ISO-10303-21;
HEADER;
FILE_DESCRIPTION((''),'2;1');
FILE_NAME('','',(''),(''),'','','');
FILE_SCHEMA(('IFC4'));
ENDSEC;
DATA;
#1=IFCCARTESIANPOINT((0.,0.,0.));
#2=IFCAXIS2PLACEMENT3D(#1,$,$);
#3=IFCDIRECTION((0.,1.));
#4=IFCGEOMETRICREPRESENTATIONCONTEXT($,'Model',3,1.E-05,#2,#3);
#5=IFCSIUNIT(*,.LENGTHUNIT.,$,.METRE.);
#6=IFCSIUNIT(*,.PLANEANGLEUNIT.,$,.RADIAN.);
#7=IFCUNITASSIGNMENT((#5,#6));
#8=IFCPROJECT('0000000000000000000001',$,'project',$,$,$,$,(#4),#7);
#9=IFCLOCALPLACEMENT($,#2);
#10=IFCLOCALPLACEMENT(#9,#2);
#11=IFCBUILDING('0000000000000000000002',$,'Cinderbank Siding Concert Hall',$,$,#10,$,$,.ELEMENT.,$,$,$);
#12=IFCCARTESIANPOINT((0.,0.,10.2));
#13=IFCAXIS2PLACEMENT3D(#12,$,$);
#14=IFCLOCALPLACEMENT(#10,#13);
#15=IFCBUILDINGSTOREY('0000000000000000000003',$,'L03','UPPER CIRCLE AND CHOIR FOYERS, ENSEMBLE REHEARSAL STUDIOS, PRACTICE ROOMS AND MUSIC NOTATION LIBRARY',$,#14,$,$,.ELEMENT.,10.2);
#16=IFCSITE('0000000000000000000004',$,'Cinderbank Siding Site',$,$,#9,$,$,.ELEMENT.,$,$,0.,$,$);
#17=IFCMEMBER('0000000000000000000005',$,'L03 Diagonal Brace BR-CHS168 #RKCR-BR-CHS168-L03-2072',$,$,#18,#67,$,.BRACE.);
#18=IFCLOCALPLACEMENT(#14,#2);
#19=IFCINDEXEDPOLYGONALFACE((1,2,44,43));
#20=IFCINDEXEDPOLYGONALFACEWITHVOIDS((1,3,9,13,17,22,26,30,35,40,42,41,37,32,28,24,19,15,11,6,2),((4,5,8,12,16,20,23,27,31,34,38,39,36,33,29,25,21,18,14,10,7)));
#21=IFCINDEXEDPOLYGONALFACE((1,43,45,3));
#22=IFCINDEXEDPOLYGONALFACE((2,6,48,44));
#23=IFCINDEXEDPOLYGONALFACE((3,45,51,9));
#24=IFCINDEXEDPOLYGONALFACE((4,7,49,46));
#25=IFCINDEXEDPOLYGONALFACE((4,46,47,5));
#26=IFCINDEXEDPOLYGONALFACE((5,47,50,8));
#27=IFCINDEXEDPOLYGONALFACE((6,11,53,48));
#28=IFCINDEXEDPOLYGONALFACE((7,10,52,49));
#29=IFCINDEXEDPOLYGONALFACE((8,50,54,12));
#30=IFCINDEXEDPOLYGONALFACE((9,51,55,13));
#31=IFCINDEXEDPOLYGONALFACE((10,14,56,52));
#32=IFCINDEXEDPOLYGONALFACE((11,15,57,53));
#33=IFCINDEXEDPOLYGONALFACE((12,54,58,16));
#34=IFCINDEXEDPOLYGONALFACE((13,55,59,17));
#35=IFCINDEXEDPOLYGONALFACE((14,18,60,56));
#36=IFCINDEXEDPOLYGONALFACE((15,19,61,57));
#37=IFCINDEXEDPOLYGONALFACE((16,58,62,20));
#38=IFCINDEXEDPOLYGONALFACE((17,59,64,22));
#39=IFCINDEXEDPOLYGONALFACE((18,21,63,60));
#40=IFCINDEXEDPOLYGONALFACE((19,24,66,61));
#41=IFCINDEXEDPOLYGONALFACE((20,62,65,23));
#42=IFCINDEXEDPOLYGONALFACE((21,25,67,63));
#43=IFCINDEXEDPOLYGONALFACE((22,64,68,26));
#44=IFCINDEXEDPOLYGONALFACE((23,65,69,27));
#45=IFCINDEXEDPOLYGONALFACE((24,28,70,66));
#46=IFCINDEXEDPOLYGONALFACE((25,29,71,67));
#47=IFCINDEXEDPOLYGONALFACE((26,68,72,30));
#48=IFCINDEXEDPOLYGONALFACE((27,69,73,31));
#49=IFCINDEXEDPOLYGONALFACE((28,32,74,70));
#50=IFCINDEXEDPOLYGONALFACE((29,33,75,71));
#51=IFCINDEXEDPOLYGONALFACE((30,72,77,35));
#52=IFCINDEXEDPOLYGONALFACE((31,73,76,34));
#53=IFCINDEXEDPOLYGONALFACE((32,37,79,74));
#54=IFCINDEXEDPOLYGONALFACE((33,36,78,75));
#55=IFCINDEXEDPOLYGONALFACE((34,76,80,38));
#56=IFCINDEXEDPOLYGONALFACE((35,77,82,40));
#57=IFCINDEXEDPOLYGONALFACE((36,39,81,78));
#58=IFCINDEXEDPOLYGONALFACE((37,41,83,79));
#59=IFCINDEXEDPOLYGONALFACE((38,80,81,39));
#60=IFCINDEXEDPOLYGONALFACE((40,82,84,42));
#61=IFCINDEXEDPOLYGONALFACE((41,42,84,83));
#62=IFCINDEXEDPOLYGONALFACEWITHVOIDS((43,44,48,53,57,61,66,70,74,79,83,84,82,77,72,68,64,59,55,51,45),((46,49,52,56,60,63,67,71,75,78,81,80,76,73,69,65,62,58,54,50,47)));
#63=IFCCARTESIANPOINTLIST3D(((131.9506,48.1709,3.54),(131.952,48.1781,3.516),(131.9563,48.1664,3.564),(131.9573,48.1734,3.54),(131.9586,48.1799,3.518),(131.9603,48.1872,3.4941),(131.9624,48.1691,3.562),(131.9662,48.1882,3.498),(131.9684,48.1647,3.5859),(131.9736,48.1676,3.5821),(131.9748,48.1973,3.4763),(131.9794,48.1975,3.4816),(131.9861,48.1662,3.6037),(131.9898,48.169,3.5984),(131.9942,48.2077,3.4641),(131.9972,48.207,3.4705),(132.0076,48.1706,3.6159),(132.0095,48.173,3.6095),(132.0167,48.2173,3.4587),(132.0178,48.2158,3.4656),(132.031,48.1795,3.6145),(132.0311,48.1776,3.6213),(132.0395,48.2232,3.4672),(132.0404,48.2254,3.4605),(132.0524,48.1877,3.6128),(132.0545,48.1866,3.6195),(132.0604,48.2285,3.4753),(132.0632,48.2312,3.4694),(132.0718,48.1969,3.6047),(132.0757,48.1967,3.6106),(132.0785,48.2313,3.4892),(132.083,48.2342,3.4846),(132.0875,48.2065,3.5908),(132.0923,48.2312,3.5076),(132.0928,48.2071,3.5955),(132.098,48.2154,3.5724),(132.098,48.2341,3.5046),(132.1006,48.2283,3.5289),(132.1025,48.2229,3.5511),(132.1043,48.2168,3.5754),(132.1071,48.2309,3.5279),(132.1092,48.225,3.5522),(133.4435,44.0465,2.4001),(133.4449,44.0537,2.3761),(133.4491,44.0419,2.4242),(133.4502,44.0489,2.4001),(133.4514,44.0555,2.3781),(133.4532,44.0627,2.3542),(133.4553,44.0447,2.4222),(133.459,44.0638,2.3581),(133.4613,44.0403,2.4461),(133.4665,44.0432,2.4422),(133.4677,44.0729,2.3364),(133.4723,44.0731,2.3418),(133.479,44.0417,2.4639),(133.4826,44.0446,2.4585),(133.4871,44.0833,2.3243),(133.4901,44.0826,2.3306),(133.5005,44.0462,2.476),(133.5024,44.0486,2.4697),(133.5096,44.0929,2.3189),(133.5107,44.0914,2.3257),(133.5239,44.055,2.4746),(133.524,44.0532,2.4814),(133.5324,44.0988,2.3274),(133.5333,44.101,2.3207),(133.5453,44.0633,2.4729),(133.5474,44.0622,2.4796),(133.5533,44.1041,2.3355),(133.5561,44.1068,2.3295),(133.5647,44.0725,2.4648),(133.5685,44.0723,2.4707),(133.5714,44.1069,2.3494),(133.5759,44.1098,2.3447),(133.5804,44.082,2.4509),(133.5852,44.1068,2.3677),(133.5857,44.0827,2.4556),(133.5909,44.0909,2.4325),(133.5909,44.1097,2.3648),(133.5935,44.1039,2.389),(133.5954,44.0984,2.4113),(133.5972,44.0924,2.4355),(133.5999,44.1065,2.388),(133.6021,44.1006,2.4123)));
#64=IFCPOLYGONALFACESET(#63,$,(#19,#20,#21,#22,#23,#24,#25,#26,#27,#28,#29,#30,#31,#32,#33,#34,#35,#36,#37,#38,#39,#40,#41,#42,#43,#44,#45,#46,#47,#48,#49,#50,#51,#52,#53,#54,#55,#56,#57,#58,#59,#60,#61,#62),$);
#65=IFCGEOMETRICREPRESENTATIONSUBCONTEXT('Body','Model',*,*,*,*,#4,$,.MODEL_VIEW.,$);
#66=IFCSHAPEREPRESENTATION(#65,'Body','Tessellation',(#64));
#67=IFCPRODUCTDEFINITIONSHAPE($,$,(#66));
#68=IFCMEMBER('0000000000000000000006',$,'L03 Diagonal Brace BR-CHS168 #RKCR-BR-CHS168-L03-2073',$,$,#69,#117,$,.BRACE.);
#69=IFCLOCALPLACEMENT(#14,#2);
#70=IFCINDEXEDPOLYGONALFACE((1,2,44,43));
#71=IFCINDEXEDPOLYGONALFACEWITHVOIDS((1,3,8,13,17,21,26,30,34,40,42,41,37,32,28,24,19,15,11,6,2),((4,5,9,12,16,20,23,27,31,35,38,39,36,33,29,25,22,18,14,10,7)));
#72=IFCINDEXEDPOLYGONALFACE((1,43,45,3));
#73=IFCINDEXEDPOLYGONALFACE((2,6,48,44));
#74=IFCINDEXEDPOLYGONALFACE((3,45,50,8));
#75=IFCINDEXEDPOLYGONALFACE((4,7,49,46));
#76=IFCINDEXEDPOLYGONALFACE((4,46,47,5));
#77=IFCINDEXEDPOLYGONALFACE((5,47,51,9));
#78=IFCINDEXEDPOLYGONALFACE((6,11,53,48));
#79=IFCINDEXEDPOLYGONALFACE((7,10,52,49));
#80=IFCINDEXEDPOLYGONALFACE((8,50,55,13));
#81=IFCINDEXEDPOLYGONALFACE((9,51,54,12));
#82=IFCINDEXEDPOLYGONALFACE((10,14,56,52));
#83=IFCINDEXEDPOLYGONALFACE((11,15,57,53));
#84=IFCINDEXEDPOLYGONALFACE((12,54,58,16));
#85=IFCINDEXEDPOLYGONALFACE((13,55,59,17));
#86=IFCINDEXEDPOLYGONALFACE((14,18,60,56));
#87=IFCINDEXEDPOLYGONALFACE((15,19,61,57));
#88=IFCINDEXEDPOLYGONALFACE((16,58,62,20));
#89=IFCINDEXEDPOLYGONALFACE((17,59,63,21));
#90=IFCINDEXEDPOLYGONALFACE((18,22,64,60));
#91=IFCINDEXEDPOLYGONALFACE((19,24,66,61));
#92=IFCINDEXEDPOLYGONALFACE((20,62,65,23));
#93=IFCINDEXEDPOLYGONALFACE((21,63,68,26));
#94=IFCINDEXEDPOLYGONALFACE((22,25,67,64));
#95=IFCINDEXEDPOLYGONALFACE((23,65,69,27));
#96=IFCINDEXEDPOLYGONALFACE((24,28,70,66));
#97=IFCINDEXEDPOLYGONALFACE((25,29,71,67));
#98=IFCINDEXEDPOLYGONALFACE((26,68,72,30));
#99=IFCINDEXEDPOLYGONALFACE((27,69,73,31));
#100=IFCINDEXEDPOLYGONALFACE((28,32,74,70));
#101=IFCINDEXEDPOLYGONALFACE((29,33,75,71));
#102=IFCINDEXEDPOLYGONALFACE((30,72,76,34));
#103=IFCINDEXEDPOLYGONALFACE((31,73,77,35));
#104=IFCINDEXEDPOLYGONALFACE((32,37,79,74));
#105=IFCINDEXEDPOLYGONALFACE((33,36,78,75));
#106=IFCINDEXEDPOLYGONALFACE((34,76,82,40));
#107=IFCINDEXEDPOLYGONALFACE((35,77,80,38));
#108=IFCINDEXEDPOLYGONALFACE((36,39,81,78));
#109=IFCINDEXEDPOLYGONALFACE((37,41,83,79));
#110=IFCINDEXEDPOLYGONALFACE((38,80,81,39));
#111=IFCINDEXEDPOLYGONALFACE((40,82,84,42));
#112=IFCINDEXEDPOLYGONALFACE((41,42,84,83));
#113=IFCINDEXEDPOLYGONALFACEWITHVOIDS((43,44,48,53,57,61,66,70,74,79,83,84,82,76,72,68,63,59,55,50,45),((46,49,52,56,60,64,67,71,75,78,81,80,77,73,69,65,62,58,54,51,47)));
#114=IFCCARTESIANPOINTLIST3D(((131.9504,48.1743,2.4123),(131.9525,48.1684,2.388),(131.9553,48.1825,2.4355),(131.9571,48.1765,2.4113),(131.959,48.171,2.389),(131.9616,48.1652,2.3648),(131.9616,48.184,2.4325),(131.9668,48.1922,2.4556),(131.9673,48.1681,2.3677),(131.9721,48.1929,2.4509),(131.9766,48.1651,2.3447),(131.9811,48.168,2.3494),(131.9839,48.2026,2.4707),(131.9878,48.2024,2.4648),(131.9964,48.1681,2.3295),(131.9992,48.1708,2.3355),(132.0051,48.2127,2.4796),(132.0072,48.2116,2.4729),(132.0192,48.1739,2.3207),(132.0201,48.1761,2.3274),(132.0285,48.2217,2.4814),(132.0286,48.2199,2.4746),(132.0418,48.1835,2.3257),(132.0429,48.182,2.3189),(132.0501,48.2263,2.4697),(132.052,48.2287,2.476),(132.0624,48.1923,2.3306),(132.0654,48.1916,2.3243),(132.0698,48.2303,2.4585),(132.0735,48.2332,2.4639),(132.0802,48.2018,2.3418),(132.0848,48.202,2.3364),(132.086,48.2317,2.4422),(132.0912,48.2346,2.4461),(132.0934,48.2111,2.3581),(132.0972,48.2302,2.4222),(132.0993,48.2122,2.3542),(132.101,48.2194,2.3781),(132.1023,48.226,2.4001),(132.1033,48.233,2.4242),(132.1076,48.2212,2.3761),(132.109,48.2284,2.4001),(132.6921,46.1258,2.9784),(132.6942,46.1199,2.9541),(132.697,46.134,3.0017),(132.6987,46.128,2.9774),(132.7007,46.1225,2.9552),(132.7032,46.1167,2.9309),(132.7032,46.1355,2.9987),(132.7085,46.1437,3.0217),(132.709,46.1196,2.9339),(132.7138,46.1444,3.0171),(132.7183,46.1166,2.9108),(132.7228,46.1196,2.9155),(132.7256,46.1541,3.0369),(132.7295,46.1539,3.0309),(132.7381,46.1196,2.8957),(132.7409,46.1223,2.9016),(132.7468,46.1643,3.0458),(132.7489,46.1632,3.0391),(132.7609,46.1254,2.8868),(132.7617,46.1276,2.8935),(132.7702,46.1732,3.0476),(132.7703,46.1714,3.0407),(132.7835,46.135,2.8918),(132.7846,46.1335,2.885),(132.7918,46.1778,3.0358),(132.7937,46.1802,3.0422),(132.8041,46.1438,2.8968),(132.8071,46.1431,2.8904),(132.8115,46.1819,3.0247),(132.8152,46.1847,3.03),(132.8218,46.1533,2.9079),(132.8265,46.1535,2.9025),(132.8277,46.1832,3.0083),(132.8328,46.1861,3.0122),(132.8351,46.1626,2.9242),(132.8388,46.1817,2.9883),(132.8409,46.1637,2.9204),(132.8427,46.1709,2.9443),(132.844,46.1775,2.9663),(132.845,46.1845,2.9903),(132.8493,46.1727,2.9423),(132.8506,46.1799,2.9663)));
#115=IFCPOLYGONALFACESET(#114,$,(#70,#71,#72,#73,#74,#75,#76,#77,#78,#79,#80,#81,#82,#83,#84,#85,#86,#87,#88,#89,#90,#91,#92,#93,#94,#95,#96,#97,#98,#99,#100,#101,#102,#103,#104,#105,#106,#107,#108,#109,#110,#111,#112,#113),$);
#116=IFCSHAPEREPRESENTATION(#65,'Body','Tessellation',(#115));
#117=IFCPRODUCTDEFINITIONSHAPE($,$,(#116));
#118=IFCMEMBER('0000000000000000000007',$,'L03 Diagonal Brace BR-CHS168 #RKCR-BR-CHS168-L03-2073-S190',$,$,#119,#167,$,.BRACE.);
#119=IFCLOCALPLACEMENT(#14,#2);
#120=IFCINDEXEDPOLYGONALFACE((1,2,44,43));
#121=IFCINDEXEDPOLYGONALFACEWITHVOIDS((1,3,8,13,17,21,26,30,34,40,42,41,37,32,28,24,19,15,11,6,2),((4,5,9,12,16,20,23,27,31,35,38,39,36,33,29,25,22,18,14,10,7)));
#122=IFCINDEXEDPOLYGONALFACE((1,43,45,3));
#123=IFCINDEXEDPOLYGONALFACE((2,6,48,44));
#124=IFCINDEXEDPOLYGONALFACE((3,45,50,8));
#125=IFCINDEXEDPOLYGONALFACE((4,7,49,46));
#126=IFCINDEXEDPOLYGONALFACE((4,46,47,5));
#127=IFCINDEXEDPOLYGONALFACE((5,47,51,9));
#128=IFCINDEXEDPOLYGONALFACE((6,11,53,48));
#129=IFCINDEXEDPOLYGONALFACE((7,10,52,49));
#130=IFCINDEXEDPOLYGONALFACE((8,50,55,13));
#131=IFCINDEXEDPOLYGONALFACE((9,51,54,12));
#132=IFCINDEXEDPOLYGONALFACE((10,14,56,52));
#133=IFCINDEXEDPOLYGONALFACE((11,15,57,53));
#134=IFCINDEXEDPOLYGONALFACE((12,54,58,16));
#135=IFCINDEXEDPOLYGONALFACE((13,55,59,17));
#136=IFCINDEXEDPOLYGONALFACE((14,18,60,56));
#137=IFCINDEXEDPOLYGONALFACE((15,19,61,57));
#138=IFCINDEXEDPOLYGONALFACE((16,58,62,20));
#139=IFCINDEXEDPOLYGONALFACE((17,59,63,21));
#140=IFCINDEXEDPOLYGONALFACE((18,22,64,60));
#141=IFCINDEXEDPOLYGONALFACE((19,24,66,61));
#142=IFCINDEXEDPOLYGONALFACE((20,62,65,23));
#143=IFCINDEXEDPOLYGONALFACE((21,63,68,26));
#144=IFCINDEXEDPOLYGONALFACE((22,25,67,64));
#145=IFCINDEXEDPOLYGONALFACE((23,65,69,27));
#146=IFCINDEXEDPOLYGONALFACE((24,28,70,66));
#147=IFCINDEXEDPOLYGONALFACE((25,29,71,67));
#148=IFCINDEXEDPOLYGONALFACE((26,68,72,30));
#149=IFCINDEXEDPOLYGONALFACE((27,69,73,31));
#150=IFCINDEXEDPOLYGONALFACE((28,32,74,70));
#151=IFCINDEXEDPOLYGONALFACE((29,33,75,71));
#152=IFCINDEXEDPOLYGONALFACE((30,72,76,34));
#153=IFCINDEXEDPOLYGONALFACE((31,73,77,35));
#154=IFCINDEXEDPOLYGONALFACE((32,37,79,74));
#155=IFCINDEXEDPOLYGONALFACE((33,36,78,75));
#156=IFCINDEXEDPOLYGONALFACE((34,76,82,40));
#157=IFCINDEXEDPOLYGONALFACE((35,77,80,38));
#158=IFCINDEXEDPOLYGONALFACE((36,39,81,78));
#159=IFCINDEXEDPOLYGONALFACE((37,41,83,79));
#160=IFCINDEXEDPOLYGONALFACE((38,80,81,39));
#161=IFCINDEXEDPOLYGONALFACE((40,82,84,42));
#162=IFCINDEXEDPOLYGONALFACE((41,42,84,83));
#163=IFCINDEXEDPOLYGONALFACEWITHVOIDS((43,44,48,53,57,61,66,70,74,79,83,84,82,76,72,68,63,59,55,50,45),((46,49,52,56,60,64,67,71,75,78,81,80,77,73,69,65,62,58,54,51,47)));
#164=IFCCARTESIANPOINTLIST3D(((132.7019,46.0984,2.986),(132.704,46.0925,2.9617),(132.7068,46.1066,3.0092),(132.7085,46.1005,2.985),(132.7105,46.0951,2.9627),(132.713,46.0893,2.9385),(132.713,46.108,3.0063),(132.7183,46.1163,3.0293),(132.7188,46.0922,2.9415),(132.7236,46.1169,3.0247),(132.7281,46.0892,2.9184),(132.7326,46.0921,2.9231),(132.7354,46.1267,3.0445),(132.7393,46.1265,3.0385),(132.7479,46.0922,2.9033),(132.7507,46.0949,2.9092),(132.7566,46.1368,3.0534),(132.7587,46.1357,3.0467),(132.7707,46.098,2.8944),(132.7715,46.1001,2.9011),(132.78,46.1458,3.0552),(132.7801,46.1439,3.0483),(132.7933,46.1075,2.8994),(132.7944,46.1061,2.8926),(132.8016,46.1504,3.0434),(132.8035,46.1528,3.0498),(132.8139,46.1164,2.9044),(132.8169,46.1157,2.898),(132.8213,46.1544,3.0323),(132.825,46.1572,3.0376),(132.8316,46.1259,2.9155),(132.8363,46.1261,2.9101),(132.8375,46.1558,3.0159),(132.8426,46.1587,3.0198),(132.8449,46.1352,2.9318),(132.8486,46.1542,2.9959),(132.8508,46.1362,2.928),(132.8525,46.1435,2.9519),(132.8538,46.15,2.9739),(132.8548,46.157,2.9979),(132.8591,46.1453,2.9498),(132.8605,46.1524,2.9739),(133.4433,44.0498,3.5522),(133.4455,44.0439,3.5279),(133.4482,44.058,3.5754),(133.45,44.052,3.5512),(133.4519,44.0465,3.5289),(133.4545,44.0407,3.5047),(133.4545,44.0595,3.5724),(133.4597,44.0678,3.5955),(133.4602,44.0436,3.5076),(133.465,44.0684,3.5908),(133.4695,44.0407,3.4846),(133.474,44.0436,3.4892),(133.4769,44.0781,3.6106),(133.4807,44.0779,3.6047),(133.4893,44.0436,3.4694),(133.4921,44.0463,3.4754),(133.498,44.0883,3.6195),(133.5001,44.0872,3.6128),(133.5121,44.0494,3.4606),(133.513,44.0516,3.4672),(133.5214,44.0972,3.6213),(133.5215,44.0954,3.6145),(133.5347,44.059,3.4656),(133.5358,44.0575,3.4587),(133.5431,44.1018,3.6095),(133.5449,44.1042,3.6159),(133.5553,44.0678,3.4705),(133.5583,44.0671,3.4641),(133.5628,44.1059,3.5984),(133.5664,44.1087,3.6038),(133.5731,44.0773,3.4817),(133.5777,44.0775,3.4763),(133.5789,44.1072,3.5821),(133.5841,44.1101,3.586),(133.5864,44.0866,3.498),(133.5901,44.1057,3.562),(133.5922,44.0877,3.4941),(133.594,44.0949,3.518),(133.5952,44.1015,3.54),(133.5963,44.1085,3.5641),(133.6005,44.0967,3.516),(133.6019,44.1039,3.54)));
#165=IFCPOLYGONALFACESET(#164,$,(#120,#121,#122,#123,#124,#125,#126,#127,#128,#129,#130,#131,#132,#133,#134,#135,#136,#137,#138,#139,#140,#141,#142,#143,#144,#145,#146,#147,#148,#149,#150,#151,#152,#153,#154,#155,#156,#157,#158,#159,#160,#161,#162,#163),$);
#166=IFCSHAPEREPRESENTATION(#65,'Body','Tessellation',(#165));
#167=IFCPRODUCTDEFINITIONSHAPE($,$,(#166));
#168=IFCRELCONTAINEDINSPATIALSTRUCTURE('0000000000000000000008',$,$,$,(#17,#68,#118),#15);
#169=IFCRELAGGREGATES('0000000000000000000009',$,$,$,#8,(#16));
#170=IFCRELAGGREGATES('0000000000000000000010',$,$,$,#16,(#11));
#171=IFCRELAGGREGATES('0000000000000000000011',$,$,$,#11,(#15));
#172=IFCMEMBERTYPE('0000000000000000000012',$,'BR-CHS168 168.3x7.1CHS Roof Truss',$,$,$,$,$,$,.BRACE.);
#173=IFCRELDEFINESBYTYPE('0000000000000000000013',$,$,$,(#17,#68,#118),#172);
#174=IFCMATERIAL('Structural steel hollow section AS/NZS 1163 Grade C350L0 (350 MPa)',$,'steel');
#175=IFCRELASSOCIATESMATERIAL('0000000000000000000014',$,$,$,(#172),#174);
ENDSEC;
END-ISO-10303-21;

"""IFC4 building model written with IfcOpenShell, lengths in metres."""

from ifc_helpers import new_model, si_unit, direction, frame, origin, origin_2d, place, context, subcontext, project, spatial, hollow_circle, extrude, material, material_profile, profile_set, type_object, element, save


model = new_model("IFC4")

# Units and contexts
model_context = context("Model", 3, precision=1e-05, world=origin(), true_north=direction((0.0, 1.0)))
body_context = subcontext(model_context, "Body", "Model", "MODEL_VIEW")
ifc_project = project(units=[si_unit("LENGTHUNIT", "METRE"), si_unit("PLANEANGLEUNIT", "RADIAN")], contexts=[model_context])

# Site, building, storey
site_placement = place(None, origin())
site = spatial("IfcSite", under=ifc_project, at=site_placement, Name="Cinderbank Siding Site", CompositionType="ELEMENT", RefElevation=0.0)
building_placement = place(site_placement, origin())
building = spatial("IfcBuilding", under=site, at=building_placement, Name="Cinderbank Siding Concert Hall", CompositionType="ELEMENT")
storey_placement = place(building_placement, frame((0.0, 0.0, 10.2)))
storey = spatial("IfcBuildingStorey", under=building, at=storey_placement, Name="L03", Description="UPPER CIRCLE AND CHOIR FOYERS, ENSEMBLE REHEARSAL STUDIOS, PRACTICE ROOMS AND MUSIC NOTATION LIBRARY", CompositionType="ELEMENT", Elevation=10.2)

# Shared definitions
ifc_material_1 = material(Name="Structural steel hollow section AS/NZS 1163 Grade C350L0 (350 MPa)", Category="steel")

# Members
ifc_material_profile_1 = material_profile(ifc_material_1, hollow_circle(Radius=0.0842, WallThickness=0.0071, at=origin_2d()), Name="168.3x7.1CHS", Category="LoadBearing")
ifc_profile_set_1 = profile_set([ifc_material_profile_1], Name="Structural steel hollow section AS/NZS 1163 Grade C350L0 (350 MPa)")
member_type = type_object("IfcMemberType", Name="BR-CHS168 168.3x7.1CHS Roof Truss", PredefinedType="BRACE", material=ifc_profile_set_1)
member_1_placement = place(storey_placement, frame((133.5227, 44.0752, 2.4001), z_axis=(-0.329412, 0.91007, 0.251516), x_axis=(-0.940298, -0.340353, 0.0)))
element("IfcMember", 1, at=member_1_placement, inside=storey, type_object=member_type, Name="L03 Diagonal Brace BR-CHS168 #RKCR-BR-CHS168-L03-2072", PredefinedType="BRACE", context=body_context, shape_type="SweptSolid", body=[
    extrude(hollow_circle(Radius=0.0842, WallThickness=0.0071, at=origin_2d()), origin(), (0.0, 0.0, 1.0), 4.532),
])
for number, where, z_axis, x_axis, name in (
    (2, (132.0298, 48.1997, 2.4001), (0.329486, -0.910046, 0.251507), (0.94027, 0.340429, 0.0), "L03 Diagonal Brace BR-CHS168 #RKCR-BR-CHS168-L03-2073"),
    (3, (132.7812, 46.1238, 2.9739), (0.32939, -0.910078, 0.251516), (0.940306, 0.34033, 0.0), "L03 Diagonal Brace BR-CHS168 #RKCR-BR-CHS168-L03-2073-S190"),
):
    element("IfcMember", number, at=place(storey_placement, frame(where, z_axis=z_axis, x_axis=x_axis)), inside=storey, type_object=member_type, Name=name, PredefinedType="BRACE", context=body_context, shape_type="SweptSolid", body=[
        extrude(hollow_circle(Radius=0.0842, WallThickness=0.0071, at=origin_2d()), origin(), (0.0, 0.0, 1.0), 2.251),
    ])

save(model, "model.ifc")
